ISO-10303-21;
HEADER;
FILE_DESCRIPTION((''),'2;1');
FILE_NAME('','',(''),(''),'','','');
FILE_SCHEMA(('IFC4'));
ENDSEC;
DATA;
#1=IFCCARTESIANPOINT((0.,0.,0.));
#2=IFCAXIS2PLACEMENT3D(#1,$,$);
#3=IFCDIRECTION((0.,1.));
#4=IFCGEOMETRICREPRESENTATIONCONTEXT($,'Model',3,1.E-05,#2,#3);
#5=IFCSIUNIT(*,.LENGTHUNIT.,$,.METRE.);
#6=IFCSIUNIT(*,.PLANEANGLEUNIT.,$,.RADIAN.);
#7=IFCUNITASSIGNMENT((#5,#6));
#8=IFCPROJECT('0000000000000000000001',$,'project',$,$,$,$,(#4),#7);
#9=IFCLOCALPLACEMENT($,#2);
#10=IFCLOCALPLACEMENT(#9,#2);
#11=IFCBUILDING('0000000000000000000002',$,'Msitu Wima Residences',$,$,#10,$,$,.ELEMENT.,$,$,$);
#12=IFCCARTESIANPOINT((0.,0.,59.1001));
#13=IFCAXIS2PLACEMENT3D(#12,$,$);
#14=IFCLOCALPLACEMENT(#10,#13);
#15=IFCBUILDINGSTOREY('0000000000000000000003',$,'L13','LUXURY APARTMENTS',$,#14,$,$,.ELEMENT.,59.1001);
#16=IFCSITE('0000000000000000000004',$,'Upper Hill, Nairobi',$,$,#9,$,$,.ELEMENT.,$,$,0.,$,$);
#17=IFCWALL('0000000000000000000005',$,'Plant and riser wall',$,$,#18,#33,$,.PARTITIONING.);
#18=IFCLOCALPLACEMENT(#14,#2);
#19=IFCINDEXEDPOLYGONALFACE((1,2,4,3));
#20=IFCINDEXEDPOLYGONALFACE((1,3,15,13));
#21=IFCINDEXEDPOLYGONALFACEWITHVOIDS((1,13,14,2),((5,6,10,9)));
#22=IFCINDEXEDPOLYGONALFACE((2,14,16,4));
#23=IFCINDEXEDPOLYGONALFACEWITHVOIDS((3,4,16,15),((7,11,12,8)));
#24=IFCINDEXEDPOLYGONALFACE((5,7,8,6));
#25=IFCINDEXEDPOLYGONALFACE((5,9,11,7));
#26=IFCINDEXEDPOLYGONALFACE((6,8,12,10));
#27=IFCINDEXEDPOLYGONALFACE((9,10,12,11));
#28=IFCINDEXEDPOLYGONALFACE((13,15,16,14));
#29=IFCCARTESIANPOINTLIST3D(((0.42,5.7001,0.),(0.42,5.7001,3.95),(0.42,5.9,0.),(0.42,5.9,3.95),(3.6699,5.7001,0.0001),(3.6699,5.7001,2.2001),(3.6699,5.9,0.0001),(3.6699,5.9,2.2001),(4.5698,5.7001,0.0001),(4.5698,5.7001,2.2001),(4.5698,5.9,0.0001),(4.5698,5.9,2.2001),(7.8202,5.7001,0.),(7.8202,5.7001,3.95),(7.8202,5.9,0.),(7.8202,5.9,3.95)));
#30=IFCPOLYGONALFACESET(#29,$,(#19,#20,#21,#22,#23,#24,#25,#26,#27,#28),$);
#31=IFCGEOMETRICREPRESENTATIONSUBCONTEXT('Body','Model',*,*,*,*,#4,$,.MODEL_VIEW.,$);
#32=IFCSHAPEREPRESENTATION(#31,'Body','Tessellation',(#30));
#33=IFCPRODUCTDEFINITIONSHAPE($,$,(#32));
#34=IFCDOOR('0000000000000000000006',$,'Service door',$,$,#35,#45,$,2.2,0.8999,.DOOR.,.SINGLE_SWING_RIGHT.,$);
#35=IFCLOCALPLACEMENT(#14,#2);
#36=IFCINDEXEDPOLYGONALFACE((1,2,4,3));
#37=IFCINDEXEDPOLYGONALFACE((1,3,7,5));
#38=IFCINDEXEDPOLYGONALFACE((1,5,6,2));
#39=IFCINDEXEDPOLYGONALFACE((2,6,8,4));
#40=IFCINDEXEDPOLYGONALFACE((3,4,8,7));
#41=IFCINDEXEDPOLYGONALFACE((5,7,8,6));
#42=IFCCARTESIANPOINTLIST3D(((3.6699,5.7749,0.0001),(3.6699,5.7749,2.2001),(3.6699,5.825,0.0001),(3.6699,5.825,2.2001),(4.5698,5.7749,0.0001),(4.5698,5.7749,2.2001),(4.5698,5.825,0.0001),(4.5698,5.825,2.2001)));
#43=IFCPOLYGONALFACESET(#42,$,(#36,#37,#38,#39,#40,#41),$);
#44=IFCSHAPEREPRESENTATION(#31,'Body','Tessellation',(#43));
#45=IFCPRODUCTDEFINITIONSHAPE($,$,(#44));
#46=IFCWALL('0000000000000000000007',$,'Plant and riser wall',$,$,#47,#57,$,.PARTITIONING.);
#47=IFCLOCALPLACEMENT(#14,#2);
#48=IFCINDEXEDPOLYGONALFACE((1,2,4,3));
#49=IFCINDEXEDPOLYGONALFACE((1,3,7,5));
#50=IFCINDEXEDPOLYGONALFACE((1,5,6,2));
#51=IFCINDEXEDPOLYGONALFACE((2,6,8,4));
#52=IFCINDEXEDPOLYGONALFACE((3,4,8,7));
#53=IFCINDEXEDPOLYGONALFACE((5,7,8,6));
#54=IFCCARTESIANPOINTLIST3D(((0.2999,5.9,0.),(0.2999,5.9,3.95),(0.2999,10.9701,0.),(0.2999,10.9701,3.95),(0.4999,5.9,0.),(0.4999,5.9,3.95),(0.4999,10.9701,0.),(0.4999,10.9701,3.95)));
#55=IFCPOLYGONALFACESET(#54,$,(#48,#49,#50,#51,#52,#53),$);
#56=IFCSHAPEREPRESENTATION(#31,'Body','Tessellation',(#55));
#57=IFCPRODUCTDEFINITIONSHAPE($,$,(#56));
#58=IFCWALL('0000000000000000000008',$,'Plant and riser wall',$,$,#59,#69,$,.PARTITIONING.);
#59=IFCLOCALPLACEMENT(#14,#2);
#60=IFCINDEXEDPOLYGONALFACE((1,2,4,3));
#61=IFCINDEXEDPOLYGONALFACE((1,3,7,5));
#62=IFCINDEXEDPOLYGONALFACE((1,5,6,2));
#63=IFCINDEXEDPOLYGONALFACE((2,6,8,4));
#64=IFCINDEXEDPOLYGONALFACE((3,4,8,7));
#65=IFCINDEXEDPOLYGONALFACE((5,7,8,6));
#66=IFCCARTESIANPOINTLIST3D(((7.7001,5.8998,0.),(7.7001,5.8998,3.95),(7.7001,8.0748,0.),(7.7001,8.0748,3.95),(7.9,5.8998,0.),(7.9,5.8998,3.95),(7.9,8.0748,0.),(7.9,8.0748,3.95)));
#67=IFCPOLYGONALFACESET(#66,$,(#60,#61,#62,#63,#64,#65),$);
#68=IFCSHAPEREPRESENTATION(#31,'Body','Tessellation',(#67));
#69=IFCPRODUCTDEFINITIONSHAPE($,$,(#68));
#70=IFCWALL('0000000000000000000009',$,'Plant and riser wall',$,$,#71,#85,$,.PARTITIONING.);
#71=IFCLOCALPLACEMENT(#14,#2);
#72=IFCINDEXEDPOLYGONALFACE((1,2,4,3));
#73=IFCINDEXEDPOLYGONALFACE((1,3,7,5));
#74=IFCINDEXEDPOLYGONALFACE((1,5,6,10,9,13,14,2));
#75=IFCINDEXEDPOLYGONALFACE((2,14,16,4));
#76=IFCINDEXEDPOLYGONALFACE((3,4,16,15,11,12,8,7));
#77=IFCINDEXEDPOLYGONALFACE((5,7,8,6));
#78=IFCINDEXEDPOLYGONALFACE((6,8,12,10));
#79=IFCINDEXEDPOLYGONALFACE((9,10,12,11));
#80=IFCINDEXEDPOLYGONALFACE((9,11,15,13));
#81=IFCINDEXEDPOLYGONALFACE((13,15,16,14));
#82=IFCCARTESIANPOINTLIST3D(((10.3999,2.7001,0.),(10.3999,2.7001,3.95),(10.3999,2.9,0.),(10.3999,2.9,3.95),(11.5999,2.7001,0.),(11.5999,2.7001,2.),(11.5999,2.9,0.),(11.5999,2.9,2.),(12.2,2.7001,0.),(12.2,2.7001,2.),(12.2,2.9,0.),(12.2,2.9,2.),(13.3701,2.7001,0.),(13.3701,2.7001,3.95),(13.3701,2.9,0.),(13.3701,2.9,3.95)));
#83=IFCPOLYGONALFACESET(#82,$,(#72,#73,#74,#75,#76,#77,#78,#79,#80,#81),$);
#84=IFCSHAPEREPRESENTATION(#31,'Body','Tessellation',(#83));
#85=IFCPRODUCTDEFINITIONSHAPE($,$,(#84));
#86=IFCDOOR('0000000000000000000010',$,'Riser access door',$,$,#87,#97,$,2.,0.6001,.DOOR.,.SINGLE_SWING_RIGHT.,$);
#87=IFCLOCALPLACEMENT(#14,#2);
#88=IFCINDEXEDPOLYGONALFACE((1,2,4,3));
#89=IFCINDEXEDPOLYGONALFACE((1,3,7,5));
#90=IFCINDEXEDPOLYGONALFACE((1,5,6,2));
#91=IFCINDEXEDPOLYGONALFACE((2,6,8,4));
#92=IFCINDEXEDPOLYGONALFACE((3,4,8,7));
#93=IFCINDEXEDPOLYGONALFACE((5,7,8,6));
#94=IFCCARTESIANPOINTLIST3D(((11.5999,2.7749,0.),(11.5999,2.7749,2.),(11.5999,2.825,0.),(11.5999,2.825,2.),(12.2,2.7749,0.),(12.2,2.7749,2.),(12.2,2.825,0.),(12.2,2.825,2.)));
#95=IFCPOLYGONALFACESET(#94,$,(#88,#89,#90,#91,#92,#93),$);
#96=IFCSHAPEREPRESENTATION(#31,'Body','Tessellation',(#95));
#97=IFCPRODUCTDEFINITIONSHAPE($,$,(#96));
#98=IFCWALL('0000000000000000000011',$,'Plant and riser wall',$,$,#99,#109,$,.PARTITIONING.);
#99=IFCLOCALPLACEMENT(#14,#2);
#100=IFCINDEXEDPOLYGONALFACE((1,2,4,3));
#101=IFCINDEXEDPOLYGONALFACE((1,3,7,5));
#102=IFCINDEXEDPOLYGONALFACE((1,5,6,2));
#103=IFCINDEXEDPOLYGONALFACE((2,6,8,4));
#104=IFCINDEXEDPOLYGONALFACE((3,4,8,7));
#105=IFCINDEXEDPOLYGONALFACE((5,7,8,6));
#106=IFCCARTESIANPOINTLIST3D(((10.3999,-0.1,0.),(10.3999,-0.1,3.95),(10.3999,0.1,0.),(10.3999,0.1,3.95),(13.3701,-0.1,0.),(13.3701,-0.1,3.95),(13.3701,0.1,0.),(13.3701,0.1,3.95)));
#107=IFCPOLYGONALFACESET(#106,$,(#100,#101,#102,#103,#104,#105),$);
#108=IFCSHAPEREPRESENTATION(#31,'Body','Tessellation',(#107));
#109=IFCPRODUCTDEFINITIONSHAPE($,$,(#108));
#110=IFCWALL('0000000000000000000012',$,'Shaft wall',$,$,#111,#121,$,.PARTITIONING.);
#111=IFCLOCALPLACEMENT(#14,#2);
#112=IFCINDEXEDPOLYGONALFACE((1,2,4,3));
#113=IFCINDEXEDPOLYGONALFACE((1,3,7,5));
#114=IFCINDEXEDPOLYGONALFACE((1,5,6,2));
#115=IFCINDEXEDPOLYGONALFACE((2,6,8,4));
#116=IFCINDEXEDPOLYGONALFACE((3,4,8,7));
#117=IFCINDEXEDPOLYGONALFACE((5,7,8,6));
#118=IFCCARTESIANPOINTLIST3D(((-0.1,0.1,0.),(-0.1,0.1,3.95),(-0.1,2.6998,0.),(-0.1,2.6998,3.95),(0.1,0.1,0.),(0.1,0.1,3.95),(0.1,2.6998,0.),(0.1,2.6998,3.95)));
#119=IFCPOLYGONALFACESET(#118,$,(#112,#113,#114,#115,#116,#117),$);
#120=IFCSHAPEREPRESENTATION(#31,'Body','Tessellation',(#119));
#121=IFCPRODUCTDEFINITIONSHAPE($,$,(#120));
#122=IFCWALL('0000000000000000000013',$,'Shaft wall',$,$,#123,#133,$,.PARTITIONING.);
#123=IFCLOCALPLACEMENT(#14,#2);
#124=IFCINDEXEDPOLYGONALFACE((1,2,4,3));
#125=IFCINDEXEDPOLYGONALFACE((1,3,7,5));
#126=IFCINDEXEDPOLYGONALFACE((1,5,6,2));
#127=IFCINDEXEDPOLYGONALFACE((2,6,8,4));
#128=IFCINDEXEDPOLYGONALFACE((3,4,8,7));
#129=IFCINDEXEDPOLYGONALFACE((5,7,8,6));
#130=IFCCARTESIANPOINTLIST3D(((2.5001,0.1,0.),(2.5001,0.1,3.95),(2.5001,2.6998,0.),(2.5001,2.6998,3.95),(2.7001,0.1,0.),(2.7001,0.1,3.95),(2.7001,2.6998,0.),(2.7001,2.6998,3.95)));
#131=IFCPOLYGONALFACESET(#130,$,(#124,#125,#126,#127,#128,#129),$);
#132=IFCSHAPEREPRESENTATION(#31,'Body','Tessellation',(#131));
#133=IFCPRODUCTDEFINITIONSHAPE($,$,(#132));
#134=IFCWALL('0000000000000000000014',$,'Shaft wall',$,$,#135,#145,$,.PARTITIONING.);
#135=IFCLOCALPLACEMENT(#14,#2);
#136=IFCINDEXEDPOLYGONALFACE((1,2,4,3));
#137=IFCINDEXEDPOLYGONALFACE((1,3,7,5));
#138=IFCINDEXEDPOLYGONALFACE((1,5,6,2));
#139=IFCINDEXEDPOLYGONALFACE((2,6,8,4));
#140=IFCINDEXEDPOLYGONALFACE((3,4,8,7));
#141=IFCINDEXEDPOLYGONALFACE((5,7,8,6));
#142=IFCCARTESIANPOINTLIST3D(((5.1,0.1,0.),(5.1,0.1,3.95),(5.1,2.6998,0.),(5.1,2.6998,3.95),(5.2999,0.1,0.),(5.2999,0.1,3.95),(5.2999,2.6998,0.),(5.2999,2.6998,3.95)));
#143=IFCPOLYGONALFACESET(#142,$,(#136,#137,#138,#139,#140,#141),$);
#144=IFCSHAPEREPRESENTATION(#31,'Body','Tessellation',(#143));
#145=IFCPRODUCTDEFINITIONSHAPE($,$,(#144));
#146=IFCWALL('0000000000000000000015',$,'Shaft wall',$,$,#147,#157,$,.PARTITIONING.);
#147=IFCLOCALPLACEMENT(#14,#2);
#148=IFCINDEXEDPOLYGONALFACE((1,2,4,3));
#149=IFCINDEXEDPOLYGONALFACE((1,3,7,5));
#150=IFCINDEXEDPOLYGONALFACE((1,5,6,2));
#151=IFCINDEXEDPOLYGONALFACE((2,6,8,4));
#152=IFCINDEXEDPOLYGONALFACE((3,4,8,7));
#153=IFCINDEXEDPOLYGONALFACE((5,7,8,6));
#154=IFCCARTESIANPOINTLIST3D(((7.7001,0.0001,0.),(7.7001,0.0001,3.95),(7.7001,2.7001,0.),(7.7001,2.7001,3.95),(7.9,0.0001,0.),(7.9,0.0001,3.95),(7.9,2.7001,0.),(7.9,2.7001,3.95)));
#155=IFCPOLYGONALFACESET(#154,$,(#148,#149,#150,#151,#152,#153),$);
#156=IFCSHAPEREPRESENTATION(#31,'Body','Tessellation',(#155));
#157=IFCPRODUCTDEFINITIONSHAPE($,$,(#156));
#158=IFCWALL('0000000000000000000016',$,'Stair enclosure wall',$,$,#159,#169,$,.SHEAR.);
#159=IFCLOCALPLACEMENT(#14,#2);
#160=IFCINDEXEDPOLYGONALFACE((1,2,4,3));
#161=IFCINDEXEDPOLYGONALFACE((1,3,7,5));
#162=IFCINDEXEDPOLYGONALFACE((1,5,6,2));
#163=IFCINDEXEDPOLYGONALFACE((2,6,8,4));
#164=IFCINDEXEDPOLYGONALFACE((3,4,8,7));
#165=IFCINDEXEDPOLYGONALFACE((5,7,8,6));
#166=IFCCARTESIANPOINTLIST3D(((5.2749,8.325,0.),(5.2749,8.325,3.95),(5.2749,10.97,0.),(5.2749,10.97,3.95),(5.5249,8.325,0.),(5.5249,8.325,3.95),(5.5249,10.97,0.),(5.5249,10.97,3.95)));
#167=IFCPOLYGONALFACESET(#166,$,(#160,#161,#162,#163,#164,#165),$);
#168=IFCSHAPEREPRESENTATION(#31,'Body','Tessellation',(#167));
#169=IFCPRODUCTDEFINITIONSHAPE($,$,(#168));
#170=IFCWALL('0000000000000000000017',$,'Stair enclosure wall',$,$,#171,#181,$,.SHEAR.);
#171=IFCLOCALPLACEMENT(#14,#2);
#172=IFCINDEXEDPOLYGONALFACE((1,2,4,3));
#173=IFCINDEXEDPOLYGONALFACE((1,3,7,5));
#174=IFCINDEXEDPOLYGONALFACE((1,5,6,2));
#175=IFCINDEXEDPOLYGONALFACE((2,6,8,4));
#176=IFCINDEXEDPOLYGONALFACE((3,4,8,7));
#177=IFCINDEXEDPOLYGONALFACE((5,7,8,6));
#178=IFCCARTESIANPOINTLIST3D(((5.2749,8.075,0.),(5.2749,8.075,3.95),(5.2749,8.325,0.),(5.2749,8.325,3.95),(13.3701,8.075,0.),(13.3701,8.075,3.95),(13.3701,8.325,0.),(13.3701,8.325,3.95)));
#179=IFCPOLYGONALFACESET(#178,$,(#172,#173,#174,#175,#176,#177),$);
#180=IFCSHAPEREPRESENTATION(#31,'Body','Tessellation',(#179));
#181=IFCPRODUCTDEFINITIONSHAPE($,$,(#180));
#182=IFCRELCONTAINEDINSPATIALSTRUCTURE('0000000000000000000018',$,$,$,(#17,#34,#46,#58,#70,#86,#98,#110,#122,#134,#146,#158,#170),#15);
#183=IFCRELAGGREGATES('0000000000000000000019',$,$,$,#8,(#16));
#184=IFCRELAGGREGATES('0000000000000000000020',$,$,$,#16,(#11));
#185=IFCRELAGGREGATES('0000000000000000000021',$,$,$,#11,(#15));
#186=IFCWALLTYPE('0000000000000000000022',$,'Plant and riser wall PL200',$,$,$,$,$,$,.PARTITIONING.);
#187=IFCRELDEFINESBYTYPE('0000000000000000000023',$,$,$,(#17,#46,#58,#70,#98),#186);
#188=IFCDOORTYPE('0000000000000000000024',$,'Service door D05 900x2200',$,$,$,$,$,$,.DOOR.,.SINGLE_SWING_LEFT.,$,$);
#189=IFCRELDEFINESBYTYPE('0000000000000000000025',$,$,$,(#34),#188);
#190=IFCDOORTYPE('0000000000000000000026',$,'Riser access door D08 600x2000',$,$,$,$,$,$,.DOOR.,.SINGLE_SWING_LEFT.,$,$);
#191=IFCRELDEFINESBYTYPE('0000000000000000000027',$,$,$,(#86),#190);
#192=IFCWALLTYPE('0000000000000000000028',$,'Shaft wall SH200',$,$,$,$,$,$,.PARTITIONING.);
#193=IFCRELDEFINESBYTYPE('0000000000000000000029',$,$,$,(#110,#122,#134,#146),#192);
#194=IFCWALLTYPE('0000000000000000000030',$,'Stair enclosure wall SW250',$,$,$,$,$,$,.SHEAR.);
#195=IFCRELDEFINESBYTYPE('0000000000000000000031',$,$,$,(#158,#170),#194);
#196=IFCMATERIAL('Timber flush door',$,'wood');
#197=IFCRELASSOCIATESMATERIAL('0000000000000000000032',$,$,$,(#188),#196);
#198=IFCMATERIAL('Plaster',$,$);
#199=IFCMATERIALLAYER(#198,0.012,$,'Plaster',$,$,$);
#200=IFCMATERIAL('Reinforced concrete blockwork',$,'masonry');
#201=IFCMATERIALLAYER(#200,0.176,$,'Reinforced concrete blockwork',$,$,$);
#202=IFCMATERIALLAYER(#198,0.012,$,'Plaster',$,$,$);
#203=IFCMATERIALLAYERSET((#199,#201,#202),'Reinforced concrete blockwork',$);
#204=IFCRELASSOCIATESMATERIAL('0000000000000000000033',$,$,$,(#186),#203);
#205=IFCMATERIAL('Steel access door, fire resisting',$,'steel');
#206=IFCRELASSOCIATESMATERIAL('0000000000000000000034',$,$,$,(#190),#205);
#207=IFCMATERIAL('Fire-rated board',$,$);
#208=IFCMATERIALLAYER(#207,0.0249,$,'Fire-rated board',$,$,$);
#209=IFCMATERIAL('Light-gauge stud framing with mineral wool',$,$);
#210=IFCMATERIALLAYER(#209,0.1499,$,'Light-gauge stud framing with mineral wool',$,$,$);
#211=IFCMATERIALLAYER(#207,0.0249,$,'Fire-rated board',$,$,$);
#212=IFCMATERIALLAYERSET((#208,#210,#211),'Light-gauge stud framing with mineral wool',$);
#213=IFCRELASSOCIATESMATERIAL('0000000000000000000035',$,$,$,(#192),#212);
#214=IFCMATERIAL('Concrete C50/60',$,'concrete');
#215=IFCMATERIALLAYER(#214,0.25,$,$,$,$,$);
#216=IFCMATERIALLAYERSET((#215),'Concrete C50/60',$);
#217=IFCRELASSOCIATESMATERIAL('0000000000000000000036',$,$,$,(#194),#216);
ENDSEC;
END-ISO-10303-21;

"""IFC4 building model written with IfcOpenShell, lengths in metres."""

from ifc_helpers import new_model, si_unit, direction, frame, frame_2d, origin, place, context, subcontext, project, spatial, rectangle, extrude, material, layer, layer_set, type_object, element, fill, save


model = new_model("IFC4")

# Units and contexts
model_context = context("Model", 3, precision=1e-05, world=origin(), true_north=direction((0.0, 1.0)))
body_context = subcontext(model_context, "Body", "Model", "MODEL_VIEW")
ifc_project = project(units=[si_unit("LENGTHUNIT", "METRE"), si_unit("PLANEANGLEUNIT", "RADIAN")], contexts=[model_context])

# Site, building, storey
site_placement = place(None, origin())
site = spatial("IfcSite", under=ifc_project, at=site_placement, Name="Upper Hill, Nairobi", CompositionType="ELEMENT", RefElevation=0.0)
building_placement = place(site_placement, origin())
building = spatial("IfcBuilding", under=site, at=building_placement, Name="Msitu Wima Residences", CompositionType="ELEMENT")
storey_placement = place(building_placement, frame((0.0, 0.0, 59.1001)))
storey = spatial("IfcBuildingStorey", under=building, at=storey_placement, Name="L13", Description="LUXURY APARTMENTS", CompositionType="ELEMENT", Elevation=59.1001)

# Wall, opening, door
ifc_material_1 = material(Name="Plaster")
ifc_material_2 = material(Name="Timber flush door", Category="wood")
door_type_1 = type_object("IfcDoorType", Name="Service door D05 900x2200", OperationType="SINGLE_SWING_LEFT", PredefinedType="DOOR", material=ifc_material_2)
ifc_layer_1 = layer(ifc_material_1, 0.012, Name="Plaster")
ifc_material_3 = material(Name="Reinforced concrete blockwork", Category="masonry")
ifc_layer_2 = layer(ifc_material_3, 0.176, Name="Reinforced concrete blockwork")
ifc_layer_3 = layer(ifc_material_1, 0.012, Name="Plaster")
ifc_layer_set_1 = layer_set([ifc_layer_1, ifc_layer_2, ifc_layer_3], Name="Reinforced concrete blockwork")
wall_type_1 = type_object("IfcWallType", Name="Plant and riser wall PL200", PredefinedType="PARTITIONING", material=ifc_layer_set_1)
wall_1_placement = place(storey_placement, frame((0.4199, 5.8, 0.0), z_axis=(0.0, 0.0, 1.0), x_axis=(1.0, 0.0, 0.0)))
wall_1 = element("IfcWall", 1, at=wall_1_placement, inside=storey, type_object=wall_type_1, Name="Plant and riser wall", PredefinedType="PARTITIONING", context=body_context, shape_type="SweptSolid", body=[
    extrude(rectangle(XDim=7.4001, YDim=0.2, at=frame_2d((3.7002, 0.0))), origin(), (0.0, 0.0, 1.0), 3.95),
])
opening_1_placement = place(wall_1_placement, frame((3.25, 0.0, 0.0)))
opening_1 = element("IfcOpeningElement", 2, at=opening_1_placement, cuts=wall_1, PredefinedType="OPENING", context=body_context, shape_type="SweptSolid", body=[
    extrude(rectangle(XDim=0.8999, YDim=2.2, at=frame_2d((0.45, 1.1001))), frame((0.0, 0.1099, 0.0), z_axis=(0.0, -1.0, 0.0), x_axis=(1.0, 0.0, 0.0)), (0.0, 0.0, 1.0), 0.22),
])
door_1_placement = place(opening_1_placement, origin())
door_1 = element("IfcDoor", 3, at=door_1_placement, inside=storey, type_object=door_type_1, Name="Service door", OperationType="SINGLE_SWING_RIGHT", OverallHeight=2.2, OverallWidth=0.8999, PredefinedType="DOOR", context=body_context, shape_type="SweptSolid", body=[
    extrude(rectangle(XDim=0.8999, YDim=2.2, at=frame_2d((0.45, 1.1001))), frame((0.0, 0.0249, 0.0), z_axis=(0.0, -1.0, 0.0), x_axis=(1.0, 0.0, 0.0)), (0.0, 0.0, 1.0), 0.05),
])
fill(opening_1, door_1)

# Walls
wall_2_placement = place(storey_placement, frame((0.3999, 5.8999, 0.0), z_axis=(0.0, 0.0, 1.0), x_axis=(0.0, 1.0, 0.0)))
element("IfcWall", 4, at=wall_2_placement, inside=storey, type_object=wall_type_1, Name="Plant and riser wall", PredefinedType="PARTITIONING", context=body_context, shape_type="SweptSolid", body=[
    extrude(rectangle(XDim=5.0701, YDim=0.2, at=frame_2d((2.5352, 0.0))), origin(), (0.0, 0.0, 1.0), 3.95),
])
wall_3_placement = place(storey_placement, frame((7.8, 5.8999, 0.0), z_axis=(0.0, 0.0, 1.0), x_axis=(0.0, 1.0, 0.0)))
element("IfcWall", 5, at=wall_3_placement, inside=storey, type_object=wall_type_1, Name="Plant and riser wall", PredefinedType="PARTITIONING", context=body_context, shape_type="SweptSolid", body=[
    extrude(rectangle(XDim=2.175, YDim=0.2, at=frame_2d((1.0874, 0.0))), origin(), (0.0, 0.0, 1.0), 3.95),
])

# Wall, opening, door
wall_4_placement = place(storey_placement, frame((10.3999, 2.8, 0.0), z_axis=(0.0, 0.0, 1.0), x_axis=(1.0, 0.0, 0.0)))
wall_4 = element("IfcWall", 6, at=wall_4_placement, inside=storey, type_object=wall_type_1, Name="Plant and riser wall", PredefinedType="PARTITIONING", context=body_context, shape_type="SweptSolid", body=[
    extrude(rectangle(XDim=2.9702, YDim=0.2, at=frame_2d((1.4851, 0.0))), origin(), (0.0, 0.0, 1.0), 3.95),
])
opening_2_placement = place(wall_4_placement, frame((1.2, 0.0, 0.0)))
opening_2 = element("IfcOpeningElement", 7, at=opening_2_placement, cuts=wall_4, PredefinedType="OPENING", context=body_context, shape_type="SweptSolid", body=[
    extrude(rectangle(XDim=0.6001, YDim=2.0, at=frame_2d((0.3, 1.0))), frame((0.0, 0.1099, 0.0), z_axis=(0.0, -1.0, 0.0), x_axis=(1.0, 0.0, 0.0)), (0.0, 0.0, 1.0), 0.22),
])
ifc_material_4 = material(Name="Steel access door, fire resisting", Category="steel")
door_type_2 = type_object("IfcDoorType", Name="Riser access door D08 600x2000", OperationType="SINGLE_SWING_LEFT", PredefinedType="DOOR", material=ifc_material_4)
door_2_placement = place(opening_2_placement, origin())
door_2 = element("IfcDoor", 8, at=door_2_placement, inside=storey, type_object=door_type_2, Name="Riser access door", OperationType="SINGLE_SWING_RIGHT", OverallHeight=2.0, OverallWidth=0.6001, PredefinedType="DOOR", context=body_context, shape_type="SweptSolid", body=[
    extrude(rectangle(XDim=0.6001, YDim=2.0, at=frame_2d((0.3, 1.0))), frame((0.0, 0.0249, 0.0), z_axis=(0.0, -1.0, 0.0), x_axis=(1.0, 0.0, 0.0)), (0.0, 0.0, 1.0), 0.05),
])
fill(opening_2, door_2)

# Walls
wall_5_placement = place(storey_placement, frame((10.3999, 0.0, 0.0), z_axis=(0.0, 0.0, 1.0), x_axis=(1.0, 0.0, 0.0)))
element("IfcWall", 9, at=wall_5_placement, inside=storey, type_object=wall_type_1, Name="Plant and riser wall", PredefinedType="PARTITIONING", context=body_context, shape_type="SweptSolid", body=[
    extrude(rectangle(XDim=2.9702, YDim=0.2, at=frame_2d((1.4851, 0.0))), origin(), (0.0, 0.0, 1.0), 3.95),
])
ifc_material_5 = material(Name="Fire-rated board")
ifc_layer_4 = layer(ifc_material_5, 0.0249, Name="Fire-rated board")
ifc_material_6 = material(Name="Light-gauge stud framing with mineral wool")
ifc_layer_5 = layer(ifc_material_6, 0.1499, Name="Light-gauge stud framing with mineral wool")
ifc_layer_6 = layer(ifc_material_5, 0.0249, Name="Fire-rated board")
ifc_layer_set_2 = layer_set([ifc_layer_4, ifc_layer_5, ifc_layer_6], Name="Light-gauge stud framing with mineral wool")
wall_type_2 = type_object("IfcWallType", Name="Shaft wall SH200", PredefinedType="PARTITIONING", material=ifc_layer_set_2)
for number, where, z_axis, x_axis, name in (
    (10, (0.0, 0.1001, 0.0), (0.0, 0.0, 1.0), (0.0, 1.0, 0.0), "Shaft wall"),
    (11, (2.6001, 0.1001, 0.0), (0.0, 0.0, 1.0), (0.0, 1.0, 0.0), "Shaft wall"),
    (12, (5.2, 0.1001, 0.0), (0.0, 0.0, 1.0), (0.0, 1.0, 0.0), "Shaft wall"),
):
    element("IfcWall", number, at=place(storey_placement, frame(where, z_axis=z_axis, x_axis=x_axis)), inside=storey, type_object=wall_type_2, Name=name, PredefinedType="PARTITIONING", context=body_context, shape_type="SweptSolid", body=[
        extrude(rectangle(XDim=2.5999, YDim=0.2, at=frame_2d((1.2998, 0.0))), origin(), (0.0, 0.0, 1.0), 3.95),
    ])
wall_6_placement = place(storey_placement, frame((7.8, 0.0, 0.0), z_axis=(0.0, 0.0, 1.0), x_axis=(0.0, 1.0, 0.0)))
element("IfcWall", 13, at=wall_6_placement, inside=storey, type_object=wall_type_2, Name="Shaft wall", PredefinedType="PARTITIONING", context=body_context, shape_type="SweptSolid", body=[
    extrude(rectangle(XDim=2.7, YDim=0.2, at=frame_2d((1.3501, 0.0))), origin(), (0.0, 0.0, 1.0), 3.95),
])
ifc_material_7 = material(Name="Concrete C50/60", Category="concrete")
ifc_layer_7 = layer(ifc_material_7, 0.25)
ifc_layer_set_3 = layer_set([ifc_layer_7], Name="Concrete C50/60")
wall_type_3 = type_object("IfcWallType", Name="Stair enclosure wall SW250", PredefinedType="SHEAR", material=ifc_layer_set_3)
wall_7_placement = place(storey_placement, frame((5.3999, 8.325, 0.0), z_axis=(0.0, 0.0, 1.0), x_axis=(0.0, 1.0, 0.0)))
element("IfcWall", 14, at=wall_7_placement, inside=storey, type_object=wall_type_3, Name="Stair enclosure wall", PredefinedType="SHEAR", context=body_context, shape_type="SweptSolid", body=[
    extrude(rectangle(XDim=2.645, YDim=0.25, at=frame_2d((1.3225, 0.0))), origin(), (0.0, 0.0, 1.0), 3.95),
])
wall_8_placement = place(storey_placement, frame((5.2749, 8.2, 0.0), z_axis=(0.0, 0.0, 1.0), x_axis=(1.0, 0.0, 0.0)))
element("IfcWall", 15, at=wall_8_placement, inside=storey, type_object=wall_type_3, Name="Stair enclosure wall", PredefinedType="SHEAR", context=body_context, shape_type="SweptSolid", body=[
    extrude(rectangle(XDim=8.0952, YDim=0.25, at=frame_2d((4.0476, 0.0))), origin(), (0.0, 0.0, 1.0), 3.95),
])

save(model, "model.ifc")
